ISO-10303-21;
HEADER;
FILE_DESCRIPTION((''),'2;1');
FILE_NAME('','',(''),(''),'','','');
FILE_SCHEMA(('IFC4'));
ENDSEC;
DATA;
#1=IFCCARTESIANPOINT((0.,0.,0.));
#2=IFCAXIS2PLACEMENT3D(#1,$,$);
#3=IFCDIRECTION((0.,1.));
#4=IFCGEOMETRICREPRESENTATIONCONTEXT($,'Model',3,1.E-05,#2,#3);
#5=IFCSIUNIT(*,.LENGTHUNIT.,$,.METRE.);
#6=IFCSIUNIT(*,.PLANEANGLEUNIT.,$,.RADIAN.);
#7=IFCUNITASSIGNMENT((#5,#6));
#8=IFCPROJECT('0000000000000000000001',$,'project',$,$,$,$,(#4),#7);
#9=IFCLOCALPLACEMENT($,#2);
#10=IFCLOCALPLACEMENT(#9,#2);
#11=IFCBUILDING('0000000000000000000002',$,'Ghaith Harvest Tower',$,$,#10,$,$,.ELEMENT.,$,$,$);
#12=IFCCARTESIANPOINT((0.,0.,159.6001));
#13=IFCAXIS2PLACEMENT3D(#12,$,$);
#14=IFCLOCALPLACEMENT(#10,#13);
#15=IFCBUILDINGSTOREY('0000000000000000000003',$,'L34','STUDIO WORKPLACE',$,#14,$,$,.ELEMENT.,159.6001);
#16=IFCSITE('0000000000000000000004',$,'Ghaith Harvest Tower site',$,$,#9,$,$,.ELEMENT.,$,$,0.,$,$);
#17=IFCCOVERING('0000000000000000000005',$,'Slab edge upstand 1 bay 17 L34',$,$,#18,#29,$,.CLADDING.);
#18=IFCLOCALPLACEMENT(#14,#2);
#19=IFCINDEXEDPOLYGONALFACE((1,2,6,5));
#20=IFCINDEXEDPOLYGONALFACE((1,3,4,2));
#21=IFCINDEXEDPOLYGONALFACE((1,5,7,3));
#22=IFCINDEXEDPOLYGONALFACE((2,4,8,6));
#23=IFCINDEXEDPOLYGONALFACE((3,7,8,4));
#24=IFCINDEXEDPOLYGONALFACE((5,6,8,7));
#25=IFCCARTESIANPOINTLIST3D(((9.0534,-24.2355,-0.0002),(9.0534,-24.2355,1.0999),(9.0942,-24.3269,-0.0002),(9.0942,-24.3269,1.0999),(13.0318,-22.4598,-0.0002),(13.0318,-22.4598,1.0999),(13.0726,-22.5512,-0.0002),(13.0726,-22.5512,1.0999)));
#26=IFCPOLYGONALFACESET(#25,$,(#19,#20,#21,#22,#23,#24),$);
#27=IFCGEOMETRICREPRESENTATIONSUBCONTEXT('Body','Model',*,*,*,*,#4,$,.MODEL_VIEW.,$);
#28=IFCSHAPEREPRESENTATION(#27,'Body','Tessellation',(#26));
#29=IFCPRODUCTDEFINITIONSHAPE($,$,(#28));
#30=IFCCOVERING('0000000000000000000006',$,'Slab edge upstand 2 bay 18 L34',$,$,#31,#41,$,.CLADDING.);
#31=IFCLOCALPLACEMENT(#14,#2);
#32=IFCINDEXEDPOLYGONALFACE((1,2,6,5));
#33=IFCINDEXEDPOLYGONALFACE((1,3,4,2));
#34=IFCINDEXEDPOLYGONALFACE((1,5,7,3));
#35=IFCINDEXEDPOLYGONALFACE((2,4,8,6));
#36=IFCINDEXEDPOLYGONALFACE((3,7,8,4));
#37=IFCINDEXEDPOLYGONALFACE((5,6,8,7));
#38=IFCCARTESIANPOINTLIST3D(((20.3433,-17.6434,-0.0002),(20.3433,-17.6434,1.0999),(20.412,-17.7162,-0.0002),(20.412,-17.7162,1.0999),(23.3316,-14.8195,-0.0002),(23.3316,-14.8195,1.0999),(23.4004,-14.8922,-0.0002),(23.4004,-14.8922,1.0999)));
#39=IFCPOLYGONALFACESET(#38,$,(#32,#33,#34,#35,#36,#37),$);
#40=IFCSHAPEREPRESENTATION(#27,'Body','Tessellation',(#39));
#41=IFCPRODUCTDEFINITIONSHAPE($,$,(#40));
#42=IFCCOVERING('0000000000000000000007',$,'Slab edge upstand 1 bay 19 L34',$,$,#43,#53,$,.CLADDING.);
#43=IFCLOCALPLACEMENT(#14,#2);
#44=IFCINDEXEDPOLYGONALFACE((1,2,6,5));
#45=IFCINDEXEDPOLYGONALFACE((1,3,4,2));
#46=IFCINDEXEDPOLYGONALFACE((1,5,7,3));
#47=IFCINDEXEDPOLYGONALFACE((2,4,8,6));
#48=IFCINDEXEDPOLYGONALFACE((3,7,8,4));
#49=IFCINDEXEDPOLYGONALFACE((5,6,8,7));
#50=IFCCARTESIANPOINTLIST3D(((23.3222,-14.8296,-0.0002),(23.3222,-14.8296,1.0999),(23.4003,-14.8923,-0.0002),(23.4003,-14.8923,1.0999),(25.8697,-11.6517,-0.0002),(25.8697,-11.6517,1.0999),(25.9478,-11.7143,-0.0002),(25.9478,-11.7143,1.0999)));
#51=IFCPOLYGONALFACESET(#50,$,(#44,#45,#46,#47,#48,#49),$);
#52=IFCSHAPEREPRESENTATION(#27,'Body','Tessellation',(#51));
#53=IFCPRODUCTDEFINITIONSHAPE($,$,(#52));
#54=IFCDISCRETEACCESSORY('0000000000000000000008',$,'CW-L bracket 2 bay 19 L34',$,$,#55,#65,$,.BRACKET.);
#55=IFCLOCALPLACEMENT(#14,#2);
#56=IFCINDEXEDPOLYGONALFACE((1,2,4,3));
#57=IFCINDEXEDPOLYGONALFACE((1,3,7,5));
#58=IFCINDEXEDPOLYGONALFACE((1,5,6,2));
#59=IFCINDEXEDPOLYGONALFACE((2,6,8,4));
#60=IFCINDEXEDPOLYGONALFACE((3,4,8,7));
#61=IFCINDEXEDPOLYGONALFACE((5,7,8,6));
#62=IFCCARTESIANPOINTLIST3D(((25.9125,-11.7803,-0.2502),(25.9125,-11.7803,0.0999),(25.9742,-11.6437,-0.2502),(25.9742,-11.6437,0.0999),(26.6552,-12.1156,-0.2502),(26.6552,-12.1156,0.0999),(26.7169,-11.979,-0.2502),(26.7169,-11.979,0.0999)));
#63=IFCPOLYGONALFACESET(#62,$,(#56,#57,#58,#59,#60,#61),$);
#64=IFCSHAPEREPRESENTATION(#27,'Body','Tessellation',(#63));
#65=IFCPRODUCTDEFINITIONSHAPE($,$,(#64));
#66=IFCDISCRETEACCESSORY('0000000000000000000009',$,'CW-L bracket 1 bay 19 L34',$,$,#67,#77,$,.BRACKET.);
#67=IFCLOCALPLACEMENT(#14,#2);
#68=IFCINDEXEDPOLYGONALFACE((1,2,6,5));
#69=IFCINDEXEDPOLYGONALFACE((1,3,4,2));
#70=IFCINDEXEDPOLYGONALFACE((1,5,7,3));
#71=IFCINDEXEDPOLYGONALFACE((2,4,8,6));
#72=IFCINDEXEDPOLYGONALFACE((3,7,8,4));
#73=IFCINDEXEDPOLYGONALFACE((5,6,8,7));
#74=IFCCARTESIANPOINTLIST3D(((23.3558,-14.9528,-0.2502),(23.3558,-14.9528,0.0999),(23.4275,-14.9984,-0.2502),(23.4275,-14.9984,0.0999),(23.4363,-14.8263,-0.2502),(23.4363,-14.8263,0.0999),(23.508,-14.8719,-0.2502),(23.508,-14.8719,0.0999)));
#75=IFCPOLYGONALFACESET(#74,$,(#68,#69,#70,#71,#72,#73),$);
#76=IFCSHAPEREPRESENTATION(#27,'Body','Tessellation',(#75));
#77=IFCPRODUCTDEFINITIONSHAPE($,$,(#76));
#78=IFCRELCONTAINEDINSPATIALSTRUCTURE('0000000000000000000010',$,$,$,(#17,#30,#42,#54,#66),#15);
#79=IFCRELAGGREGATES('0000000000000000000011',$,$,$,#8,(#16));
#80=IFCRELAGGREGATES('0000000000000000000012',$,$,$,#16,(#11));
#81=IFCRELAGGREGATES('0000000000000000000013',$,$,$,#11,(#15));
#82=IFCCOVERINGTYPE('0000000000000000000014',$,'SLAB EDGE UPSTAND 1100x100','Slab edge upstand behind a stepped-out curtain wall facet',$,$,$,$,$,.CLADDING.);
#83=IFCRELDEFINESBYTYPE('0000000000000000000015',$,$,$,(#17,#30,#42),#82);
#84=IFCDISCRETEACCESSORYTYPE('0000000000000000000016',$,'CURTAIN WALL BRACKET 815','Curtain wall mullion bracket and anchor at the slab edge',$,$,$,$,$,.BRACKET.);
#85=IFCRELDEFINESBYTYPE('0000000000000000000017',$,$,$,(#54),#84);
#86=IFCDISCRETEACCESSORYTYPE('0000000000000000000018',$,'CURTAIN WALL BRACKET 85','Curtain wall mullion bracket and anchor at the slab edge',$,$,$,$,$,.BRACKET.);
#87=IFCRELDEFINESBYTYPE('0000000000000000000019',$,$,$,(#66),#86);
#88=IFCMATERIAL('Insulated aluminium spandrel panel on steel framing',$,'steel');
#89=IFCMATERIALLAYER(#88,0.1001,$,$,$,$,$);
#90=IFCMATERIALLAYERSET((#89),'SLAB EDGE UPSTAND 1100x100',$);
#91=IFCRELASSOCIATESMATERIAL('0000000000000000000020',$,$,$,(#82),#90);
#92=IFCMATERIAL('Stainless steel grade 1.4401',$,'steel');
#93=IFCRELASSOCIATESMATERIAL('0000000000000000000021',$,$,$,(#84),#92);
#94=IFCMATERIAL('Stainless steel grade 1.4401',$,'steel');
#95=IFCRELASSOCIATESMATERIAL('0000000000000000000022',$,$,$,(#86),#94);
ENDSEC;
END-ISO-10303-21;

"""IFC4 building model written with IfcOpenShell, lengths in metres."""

from ifc_helpers import new_model, si_unit, direction, frame, origin, origin_2d, place, context, subcontext, project, spatial, rectangle, extrude, material, layer, layer_set, type_object, element, save


model = new_model("IFC4")

# Units and contexts
model_context = context("Model", 3, precision=1e-05, world=origin(), true_north=direction((0.0, 1.0)))
body_context = subcontext(model_context, "Body", "Model", "MODEL_VIEW")
ifc_project = project(units=[si_unit("LENGTHUNIT", "METRE"), si_unit("PLANEANGLEUNIT", "RADIAN")], contexts=[model_context])

# Site, building, storey
site_placement = place(None, origin())
site = spatial("IfcSite", under=ifc_project, at=site_placement, Name="Ghaith Harvest Tower site", CompositionType="ELEMENT", RefElevation=0.0)
building_placement = place(site_placement, origin())
building = spatial("IfcBuilding", under=site, at=building_placement, Name="Ghaith Harvest Tower", CompositionType="ELEMENT")
storey_placement = place(building_placement, frame((0.0, 0.0, 159.6001)))
storey = spatial("IfcBuildingStorey", under=building, at=storey_placement, Name="L34", Description="STUDIO WORKPLACE", CompositionType="ELEMENT", Elevation=159.6001)

# Coverings
ifc_material_1 = material(Name="Insulated aluminium spandrel panel on steel framing", Category="steel")
ifc_layer_1 = layer(ifc_material_1, 0.1001)
ifc_layer_set_1 = layer_set([ifc_layer_1], Name="SLAB EDGE UPSTAND 1100x100")
covering_type = type_object("IfcCoveringType", Name="SLAB EDGE UPSTAND 1100x100", Description="Slab edge upstand behind a stepped-out curtain wall facet", PredefinedType="CLADDING", material=ifc_layer_set_1)
covering_1_placement = place(storey_placement, frame((11.063, -23.3933, -0.0002), z_axis=(0.0, 0.0, 1.0), x_axis=(0.91317, 0.407578, 0.0)))
element("IfcCovering", 1, at=covering_1_placement, inside=storey, type_object=covering_type, Name="Slab edge upstand 1 bay 17 L34", PredefinedType="CLADDING", context=body_context, shape_type="SweptSolid", body=[
    extrude(rectangle(XDim=4.3567, YDim=0.1001, at=origin_2d()), origin(), (0.0, 0.0, 1.0), 1.1001),
])
covering_2_placement = place(storey_placement, frame((21.8718, -16.2678, -0.0002), z_axis=(0.0, 0.0, 1.0), x_axis=(0.72681, 0.686839, 0.0)))
element("IfcCovering", 2, at=covering_2_placement, inside=storey, type_object=covering_type, Name="Slab edge upstand 2 bay 18 L34", PredefinedType="CLADDING", context=body_context, shape_type="SweptSolid", body=[
    extrude(rectangle(XDim=4.1116, YDim=0.1001, at=origin_2d()), origin(), (0.0, 0.0, 1.0), 1.1001),
])
covering_3_placement = place(storey_placement, frame((24.635, -13.272, -0.0002), z_axis=(0.0, 0.0, 1.0), x_axis=(0.625468, 0.78025, 0.0)))
element("IfcCovering", 3, at=covering_3_placement, inside=storey, type_object=covering_type, Name="Slab edge upstand 1 bay 19 L34", PredefinedType="CLADDING", context=body_context, shape_type="SweptSolid", body=[
    extrude(rectangle(XDim=4.073, YDim=0.1001, at=origin_2d()), origin(), (0.0, 0.0, 1.0), 1.1001),
])

# Discrete accessories
ifc_material_2 = material(Name="Stainless steel grade 1.4401", Category="steel")
discrete_accessory_type_1 = type_object("IfcDiscreteAccessoryType", Name="CURTAIN WALL BRACKET 815", Description="Curtain wall mullion bracket and anchor at the slab edge", PredefinedType="BRACKET", material=ifc_material_2)
discrete_accessory_1_placement = place(storey_placement, frame((26.3147, -11.8796, -0.2502), z_axis=(0.0, 0.0, 1.0), x_axis=(0.911427, -0.411462, 0.0)))
element("IfcDiscreteAccessory", 4, at=discrete_accessory_1_placement, inside=storey, type_object=discrete_accessory_type_1, Name="CW-L bracket 2 bay 19 L34", PredefinedType="BRACKET", context=body_context, shape_type="SweptSolid", body=[
    extrude(rectangle(XDim=0.8149, YDim=0.1499, at=origin_2d()), origin(), (0.0, 0.0, 1.0), 0.3501),
])
ifc_material_3 = material(Name="Stainless steel grade 1.4401", Category="steel")
discrete_accessory_type_2 = type_object("IfcDiscreteAccessoryType", Name="CURTAIN WALL BRACKET 85", Description="Curtain wall mullion bracket and anchor at the slab edge", PredefinedType="BRACKET", material=ifc_material_3)
discrete_accessory_2_placement = place(storey_placement, frame((23.4319, -14.9124, -0.2502), z_axis=(0.0, 0.0, 1.0), x_axis=(0.843644, -0.536903, 0.0)))
element("IfcDiscreteAccessory", 5, at=discrete_accessory_2_placement, inside=storey, type_object=discrete_accessory_type_2, Name="CW-L bracket 1 bay 19 L34", PredefinedType="BRACKET", context=body_context, shape_type="SweptSolid", body=[
    extrude(rectangle(XDim=0.085, YDim=0.1499, at=origin_2d()), origin(), (0.0, 0.0, 1.0), 0.3501),
])

save(model, "model.ifc")
